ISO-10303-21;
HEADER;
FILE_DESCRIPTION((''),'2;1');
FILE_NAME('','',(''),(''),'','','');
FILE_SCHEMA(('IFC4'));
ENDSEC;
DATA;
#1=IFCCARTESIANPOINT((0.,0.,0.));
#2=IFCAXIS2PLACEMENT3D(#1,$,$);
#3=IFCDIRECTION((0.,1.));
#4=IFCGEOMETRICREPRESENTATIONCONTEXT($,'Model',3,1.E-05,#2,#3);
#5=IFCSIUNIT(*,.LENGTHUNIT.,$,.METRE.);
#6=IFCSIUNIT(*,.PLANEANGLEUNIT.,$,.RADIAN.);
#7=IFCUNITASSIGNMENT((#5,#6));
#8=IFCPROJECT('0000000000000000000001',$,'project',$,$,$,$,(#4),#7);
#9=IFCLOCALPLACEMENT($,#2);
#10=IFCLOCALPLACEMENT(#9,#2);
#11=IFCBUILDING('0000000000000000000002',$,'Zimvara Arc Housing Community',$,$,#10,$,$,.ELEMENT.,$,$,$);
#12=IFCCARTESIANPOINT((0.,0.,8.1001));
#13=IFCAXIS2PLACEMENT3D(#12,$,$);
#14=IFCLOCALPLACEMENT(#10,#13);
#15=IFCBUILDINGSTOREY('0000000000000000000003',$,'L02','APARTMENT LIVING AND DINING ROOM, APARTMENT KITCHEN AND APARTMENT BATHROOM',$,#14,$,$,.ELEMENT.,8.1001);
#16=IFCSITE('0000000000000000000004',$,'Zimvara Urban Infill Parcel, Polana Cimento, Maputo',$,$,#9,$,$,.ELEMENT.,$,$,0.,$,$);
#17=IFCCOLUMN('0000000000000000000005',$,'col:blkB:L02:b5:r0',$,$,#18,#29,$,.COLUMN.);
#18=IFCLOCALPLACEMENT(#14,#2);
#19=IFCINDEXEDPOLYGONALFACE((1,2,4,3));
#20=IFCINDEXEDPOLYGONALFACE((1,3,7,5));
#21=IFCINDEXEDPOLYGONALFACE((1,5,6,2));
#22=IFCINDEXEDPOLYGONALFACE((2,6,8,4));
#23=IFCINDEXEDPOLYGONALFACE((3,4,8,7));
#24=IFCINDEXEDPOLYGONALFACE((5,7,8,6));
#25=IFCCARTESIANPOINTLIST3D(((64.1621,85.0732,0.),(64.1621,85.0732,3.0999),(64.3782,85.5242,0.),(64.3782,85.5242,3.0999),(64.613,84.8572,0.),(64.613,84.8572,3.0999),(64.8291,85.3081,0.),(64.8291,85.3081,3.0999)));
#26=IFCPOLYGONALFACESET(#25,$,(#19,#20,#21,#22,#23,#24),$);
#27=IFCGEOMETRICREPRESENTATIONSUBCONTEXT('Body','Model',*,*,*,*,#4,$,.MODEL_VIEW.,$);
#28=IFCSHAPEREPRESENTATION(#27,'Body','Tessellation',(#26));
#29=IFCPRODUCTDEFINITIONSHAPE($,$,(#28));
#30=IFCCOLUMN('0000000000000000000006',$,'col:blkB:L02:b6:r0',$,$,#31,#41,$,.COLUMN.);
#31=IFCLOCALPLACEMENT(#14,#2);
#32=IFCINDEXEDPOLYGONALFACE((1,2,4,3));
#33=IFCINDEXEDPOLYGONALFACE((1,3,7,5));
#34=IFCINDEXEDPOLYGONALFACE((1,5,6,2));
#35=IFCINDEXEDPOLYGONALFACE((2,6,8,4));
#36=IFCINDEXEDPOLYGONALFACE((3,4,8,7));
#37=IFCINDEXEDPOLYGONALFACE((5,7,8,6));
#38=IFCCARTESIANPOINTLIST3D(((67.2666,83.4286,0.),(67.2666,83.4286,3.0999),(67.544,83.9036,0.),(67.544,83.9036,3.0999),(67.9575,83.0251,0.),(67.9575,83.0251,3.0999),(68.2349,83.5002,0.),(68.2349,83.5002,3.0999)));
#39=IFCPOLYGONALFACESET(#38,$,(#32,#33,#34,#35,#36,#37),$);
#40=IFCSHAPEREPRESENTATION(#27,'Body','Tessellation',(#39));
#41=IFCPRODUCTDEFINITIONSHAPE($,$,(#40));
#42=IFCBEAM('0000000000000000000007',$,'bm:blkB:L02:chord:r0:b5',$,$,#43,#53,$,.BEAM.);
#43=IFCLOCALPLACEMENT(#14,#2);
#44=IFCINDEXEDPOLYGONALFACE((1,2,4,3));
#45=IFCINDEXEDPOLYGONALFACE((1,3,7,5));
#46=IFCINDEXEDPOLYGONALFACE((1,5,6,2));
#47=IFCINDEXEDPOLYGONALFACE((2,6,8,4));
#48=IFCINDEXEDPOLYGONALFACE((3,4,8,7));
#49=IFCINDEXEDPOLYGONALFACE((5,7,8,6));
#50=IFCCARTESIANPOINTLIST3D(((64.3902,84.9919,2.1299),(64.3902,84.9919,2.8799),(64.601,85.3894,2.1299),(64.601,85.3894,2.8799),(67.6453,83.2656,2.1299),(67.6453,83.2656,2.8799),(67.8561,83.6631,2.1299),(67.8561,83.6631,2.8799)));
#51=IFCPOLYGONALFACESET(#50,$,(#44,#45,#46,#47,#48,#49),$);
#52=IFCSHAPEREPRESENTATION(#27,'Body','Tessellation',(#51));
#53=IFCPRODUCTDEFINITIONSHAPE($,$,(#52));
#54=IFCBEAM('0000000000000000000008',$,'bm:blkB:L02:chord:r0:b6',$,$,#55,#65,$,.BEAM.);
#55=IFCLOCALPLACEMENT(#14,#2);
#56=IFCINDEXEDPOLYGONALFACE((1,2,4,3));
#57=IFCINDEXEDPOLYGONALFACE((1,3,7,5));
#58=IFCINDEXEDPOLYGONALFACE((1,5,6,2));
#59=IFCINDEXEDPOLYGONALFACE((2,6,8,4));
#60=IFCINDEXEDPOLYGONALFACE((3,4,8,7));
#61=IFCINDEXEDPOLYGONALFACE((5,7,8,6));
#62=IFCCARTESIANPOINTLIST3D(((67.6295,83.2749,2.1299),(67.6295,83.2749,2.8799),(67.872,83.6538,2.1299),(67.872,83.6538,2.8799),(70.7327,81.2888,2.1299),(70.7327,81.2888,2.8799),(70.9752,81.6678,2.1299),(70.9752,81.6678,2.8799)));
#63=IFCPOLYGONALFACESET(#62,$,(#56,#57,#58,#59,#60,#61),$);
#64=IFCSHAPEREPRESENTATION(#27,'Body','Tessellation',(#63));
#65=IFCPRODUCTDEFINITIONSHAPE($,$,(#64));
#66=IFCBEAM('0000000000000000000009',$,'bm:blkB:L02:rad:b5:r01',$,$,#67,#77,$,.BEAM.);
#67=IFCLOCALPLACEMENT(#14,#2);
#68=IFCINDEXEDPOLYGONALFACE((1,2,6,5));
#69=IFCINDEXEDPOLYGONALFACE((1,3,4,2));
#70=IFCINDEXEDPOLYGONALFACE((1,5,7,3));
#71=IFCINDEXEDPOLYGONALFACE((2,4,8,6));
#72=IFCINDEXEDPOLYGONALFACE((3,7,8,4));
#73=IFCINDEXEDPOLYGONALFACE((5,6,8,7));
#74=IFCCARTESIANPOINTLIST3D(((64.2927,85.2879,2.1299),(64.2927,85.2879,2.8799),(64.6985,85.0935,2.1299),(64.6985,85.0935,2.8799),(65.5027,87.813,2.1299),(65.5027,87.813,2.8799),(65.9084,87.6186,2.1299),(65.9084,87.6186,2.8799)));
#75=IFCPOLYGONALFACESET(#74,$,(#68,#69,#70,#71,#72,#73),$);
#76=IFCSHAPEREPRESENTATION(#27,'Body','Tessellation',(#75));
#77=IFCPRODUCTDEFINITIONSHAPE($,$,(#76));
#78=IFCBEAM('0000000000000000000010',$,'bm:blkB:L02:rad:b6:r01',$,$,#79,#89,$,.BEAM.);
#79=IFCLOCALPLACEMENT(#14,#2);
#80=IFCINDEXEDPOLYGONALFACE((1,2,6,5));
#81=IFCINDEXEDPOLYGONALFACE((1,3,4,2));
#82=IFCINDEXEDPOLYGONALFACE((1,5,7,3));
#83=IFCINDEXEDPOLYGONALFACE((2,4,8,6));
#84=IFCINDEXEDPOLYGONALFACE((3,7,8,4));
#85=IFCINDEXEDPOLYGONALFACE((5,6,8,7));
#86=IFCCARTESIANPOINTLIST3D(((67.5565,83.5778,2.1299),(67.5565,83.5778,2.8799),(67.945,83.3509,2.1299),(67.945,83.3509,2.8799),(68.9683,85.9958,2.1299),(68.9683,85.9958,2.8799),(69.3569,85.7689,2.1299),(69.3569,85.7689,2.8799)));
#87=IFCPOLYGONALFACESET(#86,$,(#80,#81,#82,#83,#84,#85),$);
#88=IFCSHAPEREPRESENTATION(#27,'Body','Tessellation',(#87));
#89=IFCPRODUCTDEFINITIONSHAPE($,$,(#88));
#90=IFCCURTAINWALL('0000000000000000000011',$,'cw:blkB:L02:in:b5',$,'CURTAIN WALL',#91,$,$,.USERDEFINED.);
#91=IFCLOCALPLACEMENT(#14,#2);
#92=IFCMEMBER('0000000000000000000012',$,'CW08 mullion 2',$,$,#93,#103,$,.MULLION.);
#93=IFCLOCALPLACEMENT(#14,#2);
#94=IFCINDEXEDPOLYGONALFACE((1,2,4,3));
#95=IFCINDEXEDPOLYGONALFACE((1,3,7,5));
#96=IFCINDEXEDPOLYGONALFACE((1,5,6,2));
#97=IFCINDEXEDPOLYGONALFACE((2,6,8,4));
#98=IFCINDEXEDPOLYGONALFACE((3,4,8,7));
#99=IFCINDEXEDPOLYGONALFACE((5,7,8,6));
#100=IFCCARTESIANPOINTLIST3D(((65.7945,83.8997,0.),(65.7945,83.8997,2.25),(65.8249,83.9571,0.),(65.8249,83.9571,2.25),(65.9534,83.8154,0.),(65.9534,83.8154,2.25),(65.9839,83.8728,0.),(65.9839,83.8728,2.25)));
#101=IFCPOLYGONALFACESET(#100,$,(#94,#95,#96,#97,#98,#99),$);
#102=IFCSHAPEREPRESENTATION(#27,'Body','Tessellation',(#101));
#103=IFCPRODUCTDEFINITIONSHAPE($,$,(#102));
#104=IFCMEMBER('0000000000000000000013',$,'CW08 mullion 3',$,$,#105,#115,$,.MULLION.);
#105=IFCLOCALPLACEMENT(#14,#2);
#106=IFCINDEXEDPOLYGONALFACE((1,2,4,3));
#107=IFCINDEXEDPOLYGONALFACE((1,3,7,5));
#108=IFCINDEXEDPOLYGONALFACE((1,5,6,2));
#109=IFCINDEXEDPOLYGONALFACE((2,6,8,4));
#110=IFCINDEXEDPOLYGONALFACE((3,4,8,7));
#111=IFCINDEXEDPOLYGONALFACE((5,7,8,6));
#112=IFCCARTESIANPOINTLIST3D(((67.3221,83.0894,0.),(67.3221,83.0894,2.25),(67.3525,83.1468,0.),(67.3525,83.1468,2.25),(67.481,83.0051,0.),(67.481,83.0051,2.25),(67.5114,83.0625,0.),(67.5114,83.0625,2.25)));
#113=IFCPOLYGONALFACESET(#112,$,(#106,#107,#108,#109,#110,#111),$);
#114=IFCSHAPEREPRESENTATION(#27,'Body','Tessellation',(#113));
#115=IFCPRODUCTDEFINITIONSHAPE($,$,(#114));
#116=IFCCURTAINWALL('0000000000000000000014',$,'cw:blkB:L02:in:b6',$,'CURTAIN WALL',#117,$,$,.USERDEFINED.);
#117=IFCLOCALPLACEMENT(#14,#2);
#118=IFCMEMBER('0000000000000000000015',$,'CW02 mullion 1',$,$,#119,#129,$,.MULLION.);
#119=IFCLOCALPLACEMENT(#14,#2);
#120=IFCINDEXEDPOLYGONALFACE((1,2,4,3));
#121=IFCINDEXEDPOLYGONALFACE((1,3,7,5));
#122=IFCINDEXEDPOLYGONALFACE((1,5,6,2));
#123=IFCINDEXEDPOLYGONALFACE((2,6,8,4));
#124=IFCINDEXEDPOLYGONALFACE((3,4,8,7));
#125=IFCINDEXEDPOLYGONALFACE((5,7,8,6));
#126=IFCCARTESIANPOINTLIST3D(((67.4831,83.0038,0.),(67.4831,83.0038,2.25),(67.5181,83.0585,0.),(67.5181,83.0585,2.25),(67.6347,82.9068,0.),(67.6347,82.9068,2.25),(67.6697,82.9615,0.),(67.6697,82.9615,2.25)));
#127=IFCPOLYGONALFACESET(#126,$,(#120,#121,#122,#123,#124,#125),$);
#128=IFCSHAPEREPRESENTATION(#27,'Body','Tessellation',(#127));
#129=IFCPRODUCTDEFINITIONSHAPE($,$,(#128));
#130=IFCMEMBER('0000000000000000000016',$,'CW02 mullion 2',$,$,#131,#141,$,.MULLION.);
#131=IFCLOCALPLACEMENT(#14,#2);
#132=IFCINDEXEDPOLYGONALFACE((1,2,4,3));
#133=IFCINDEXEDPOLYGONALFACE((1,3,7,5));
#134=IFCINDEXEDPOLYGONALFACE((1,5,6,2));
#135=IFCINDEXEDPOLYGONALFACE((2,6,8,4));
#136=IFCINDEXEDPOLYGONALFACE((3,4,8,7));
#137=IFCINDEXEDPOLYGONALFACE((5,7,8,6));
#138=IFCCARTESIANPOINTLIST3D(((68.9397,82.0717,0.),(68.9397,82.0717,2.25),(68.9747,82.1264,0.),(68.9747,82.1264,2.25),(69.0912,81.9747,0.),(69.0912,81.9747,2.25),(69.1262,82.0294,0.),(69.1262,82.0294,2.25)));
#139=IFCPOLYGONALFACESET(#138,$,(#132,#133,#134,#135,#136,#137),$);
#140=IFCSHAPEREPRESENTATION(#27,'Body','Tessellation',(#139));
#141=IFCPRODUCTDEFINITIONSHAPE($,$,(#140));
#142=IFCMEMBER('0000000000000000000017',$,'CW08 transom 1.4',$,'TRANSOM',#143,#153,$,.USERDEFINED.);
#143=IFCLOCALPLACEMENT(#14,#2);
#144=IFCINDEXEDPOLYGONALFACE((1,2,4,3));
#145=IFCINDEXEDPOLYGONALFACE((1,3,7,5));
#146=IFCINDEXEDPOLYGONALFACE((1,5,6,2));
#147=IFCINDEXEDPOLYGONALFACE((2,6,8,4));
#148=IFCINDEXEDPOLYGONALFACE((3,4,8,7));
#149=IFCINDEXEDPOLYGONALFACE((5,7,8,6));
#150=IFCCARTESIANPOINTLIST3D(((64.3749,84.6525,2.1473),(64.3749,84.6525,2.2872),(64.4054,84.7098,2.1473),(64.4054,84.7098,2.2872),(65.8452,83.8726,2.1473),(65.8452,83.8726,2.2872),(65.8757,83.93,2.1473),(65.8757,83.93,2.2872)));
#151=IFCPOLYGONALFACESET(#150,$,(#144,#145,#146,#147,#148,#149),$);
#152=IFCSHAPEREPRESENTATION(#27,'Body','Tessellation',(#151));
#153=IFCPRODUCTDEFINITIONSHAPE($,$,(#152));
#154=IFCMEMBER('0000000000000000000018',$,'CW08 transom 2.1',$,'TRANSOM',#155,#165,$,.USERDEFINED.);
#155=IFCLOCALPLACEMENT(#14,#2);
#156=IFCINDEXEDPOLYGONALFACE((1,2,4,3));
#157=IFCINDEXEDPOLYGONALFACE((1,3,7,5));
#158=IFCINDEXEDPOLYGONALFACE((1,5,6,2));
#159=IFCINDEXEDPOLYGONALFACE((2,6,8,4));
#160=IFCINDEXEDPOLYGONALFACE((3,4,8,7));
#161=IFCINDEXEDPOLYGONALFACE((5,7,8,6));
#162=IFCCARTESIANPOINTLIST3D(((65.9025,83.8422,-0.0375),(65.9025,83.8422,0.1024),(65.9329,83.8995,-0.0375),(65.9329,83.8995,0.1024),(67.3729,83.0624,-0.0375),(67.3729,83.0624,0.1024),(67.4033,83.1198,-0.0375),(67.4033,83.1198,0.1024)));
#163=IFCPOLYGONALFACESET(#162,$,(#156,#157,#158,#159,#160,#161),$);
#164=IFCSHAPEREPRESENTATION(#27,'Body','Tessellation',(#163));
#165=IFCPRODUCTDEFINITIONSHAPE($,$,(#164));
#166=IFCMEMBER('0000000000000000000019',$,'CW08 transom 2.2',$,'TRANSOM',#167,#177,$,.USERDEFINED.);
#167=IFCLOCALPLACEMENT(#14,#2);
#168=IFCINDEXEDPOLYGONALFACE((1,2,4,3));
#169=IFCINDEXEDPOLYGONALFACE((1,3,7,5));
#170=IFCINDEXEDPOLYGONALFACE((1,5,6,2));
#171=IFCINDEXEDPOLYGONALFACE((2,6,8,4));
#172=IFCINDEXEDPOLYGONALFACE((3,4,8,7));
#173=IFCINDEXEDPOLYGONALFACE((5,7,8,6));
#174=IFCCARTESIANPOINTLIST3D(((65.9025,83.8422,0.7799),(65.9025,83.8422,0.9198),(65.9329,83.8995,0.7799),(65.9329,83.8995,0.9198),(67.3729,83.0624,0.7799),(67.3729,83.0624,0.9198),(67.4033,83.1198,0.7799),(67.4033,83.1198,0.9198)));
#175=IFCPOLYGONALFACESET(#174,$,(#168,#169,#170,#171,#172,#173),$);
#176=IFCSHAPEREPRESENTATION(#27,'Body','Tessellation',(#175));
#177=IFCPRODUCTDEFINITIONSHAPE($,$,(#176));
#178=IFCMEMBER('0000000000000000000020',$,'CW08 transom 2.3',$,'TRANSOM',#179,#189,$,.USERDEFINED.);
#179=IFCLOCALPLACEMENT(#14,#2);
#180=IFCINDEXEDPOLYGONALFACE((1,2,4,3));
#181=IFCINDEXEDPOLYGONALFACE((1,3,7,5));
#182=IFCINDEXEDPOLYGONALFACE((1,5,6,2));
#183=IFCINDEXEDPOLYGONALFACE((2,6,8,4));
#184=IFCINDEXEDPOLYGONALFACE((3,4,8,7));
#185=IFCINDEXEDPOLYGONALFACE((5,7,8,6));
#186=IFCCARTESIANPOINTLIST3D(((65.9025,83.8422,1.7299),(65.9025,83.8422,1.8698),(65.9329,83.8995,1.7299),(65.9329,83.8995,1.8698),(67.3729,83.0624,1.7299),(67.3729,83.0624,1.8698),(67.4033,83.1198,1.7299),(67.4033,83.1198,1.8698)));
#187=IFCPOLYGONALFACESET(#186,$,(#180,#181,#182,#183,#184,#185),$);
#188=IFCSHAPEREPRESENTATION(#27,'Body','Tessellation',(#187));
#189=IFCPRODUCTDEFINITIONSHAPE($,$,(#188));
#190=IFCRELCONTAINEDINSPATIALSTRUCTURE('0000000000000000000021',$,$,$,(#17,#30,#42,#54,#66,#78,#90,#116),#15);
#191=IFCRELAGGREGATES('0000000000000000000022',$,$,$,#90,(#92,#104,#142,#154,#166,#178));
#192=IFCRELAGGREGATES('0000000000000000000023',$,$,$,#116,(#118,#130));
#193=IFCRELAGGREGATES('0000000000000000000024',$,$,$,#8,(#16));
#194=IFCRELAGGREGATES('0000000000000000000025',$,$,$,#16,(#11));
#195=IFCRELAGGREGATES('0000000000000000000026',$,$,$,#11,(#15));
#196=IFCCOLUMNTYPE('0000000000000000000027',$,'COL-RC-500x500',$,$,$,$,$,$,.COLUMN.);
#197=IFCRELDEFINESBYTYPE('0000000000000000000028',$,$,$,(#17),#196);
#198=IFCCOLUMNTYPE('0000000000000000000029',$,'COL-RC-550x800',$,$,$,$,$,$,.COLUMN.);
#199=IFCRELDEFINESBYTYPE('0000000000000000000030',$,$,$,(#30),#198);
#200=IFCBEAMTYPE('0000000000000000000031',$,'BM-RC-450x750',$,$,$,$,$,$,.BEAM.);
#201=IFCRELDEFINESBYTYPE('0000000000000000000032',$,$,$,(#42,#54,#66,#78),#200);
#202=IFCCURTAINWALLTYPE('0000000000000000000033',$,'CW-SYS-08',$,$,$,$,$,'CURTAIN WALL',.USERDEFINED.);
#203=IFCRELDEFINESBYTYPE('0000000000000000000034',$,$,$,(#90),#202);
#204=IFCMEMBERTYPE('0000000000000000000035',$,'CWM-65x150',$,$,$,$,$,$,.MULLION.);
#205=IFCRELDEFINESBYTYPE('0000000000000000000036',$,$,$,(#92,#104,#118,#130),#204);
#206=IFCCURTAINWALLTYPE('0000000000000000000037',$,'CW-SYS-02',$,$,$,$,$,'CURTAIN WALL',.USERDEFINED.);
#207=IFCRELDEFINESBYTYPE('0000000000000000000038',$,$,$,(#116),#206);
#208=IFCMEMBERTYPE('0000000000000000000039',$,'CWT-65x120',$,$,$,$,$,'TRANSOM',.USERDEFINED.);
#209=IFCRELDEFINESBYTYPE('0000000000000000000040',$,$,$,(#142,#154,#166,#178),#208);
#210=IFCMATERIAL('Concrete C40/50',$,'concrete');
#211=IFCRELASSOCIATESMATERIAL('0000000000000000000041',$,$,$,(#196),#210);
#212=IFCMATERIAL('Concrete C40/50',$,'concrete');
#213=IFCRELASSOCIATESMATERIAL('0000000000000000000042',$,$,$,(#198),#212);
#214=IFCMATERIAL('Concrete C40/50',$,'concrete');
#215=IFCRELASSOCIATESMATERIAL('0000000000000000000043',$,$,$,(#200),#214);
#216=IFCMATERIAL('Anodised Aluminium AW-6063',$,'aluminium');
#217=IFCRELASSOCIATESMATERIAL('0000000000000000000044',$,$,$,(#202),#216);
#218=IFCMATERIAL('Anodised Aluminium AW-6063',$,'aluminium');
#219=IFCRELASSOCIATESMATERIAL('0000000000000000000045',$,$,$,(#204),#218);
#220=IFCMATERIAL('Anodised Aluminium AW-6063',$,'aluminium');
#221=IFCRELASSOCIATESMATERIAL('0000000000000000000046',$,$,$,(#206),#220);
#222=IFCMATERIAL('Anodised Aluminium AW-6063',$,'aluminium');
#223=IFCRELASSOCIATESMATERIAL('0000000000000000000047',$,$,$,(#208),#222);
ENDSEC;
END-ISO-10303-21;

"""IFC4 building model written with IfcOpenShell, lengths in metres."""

from ifc_helpers import new_model, si_unit, direction, frame, origin, origin_2d, place, context, subcontext, project, spatial, rectangle, extrude, material, material_profile, profile_set, type_object, element, aggregate, save


model = new_model("IFC4")

# Units and contexts
model_context = context("Model", 3, precision=1e-05, world=origin(), true_north=direction((0.0, 1.0)))
body_context = subcontext(model_context, "Body", "Model", "MODEL_VIEW")
ifc_project = project(units=[si_unit("LENGTHUNIT", "METRE"), si_unit("PLANEANGLEUNIT", "RADIAN")], contexts=[model_context])

# Site, building, storey
site_placement = place(None, origin())
site = spatial("IfcSite", under=ifc_project, at=site_placement, Name="Zimvara Urban Infill Parcel, Polana Cimento, Maputo", CompositionType="ELEMENT", RefElevation=0.0)
building_placement = place(site_placement, origin())
building = spatial("IfcBuilding", under=site, at=building_placement, Name="Zimvara Arc Housing Community", CompositionType="ELEMENT")
storey_placement = place(building_placement, frame((0.0, 0.0, 8.1001)))
storey = spatial("IfcBuildingStorey", under=building, at=storey_placement, Name="L02", Description="APARTMENT LIVING AND DINING ROOM, APARTMENT KITCHEN AND APARTMENT BATHROOM", CompositionType="ELEMENT", Elevation=8.1001)

# Columns
ifc_material_1 = material(Name="Concrete C40/50", Category="concrete")
ifc_material_profile_1 = material_profile(ifc_material_1, rectangle(XDim=0.5, YDim=0.5, at=origin_2d()), Name="RC 500x500")
ifc_profile_set_1 = profile_set([ifc_material_profile_1], Name="Concrete C40/50")
column_type_1 = type_object("IfcColumnType", Name="COL-RC-500x500", PredefinedType="COLUMN", material=ifc_profile_set_1)
column_1_placement = place(storey_placement, frame((64.4956, 85.1907, 0.0), z_axis=(0.0, 0.0, 1.0), x_axis=(0.432086, 0.901833, 0.0)))
element("IfcColumn", 1, at=column_1_placement, inside=storey, type_object=column_type_1, Name="col:blkB:L02:b5:r0", PredefinedType="COLUMN", context=body_context, shape_type="SweptSolid", body=[
    extrude(rectangle(XDim=0.5, YDim=0.5, at=origin_2d()), origin(), (0.0, 0.0, 1.0), 3.0999),
])
ifc_material_2 = material(Name="Concrete C40/50", Category="concrete")
ifc_material_profile_2 = material_profile(ifc_material_2, rectangle(XDim=0.55, YDim=0.8, at=origin_2d()), Name="RC 550x800")
ifc_profile_set_2 = profile_set([ifc_material_profile_2], Name="Concrete C40/50")
column_type_2 = type_object("IfcColumnType", Name="COL-RC-550x800", PredefinedType="COLUMN", material=ifc_profile_set_2)
column_2_placement = place(storey_placement, frame((67.7507, 83.4644, 0.0), z_axis=(0.0, 0.0, 1.0), x_axis=(0.504226, 0.863572, 0.0)))
element("IfcColumn", 2, at=column_2_placement, inside=storey, type_object=column_type_2, Name="col:blkB:L02:b6:r0", PredefinedType="COLUMN", context=body_context, shape_type="SweptSolid", body=[
    extrude(rectangle(XDim=0.55, YDim=0.8, at=origin_2d()), origin(), (0.0, 0.0, 1.0), 3.0999),
])

# Beams
ifc_material_3 = material(Name="Concrete C40/50", Category="concrete")
ifc_material_profile_3 = material_profile(ifc_material_3, rectangle(XDim=0.45, YDim=0.75, at=origin_2d()), Name="RC 450x750")
ifc_profile_set_3 = profile_set([ifc_material_profile_3], Name="Concrete C40/50")
beam_type = type_object("IfcBeamType", Name="BM-RC-450x750", PredefinedType="BEAM", material=ifc_profile_set_3)
beam_1_placement = place(storey_placement, frame((64.4956, 85.1907, 2.5049), z_axis=(0.883449, -0.468527, 0.0), x_axis=(0.468527, 0.883449, 0.0)))
element("IfcBeam", 3, at=beam_1_placement, inside=storey, type_object=beam_type, Name="bm:blkB:L02:chord:r0:b5", PredefinedType="BEAM", context=body_context, shape_type="SweptSolid", body=[
    extrude(rectangle(XDim=0.45, YDim=0.75, at=origin_2d()), origin(), (0.0, 0.0, 1.0), 3.6846),
])
beam_2_placement = place(storey_placement, frame((67.7507, 83.4644, 2.5049), z_axis=(0.842273, -0.539052, 0.0), x_axis=(0.539052, 0.842273, 0.0)))
element("IfcBeam", 4, at=beam_2_placement, inside=storey, type_object=beam_type, Name="bm:blkB:L02:chord:r0:b6", PredefinedType="BEAM", context=body_context, shape_type="SweptSolid", body=[
    extrude(rectangle(XDim=0.45, YDim=0.75, at=origin_2d()), origin(), (0.0, 0.0, 1.0), 3.6843),
])
for number, where, z_axis, x_axis, name in (
    (5, (64.4956, 85.1907, 2.5049), (0.432119, 0.901817, 0.0), (-0.901817, 0.432119, 0.0), "bm:blkB:L02:rad:b5:r01"),
    (6, (67.7507, 83.4644, 2.5049), (0.50424, 0.863564, 0.0), (-0.863564, 0.50424, 0.0), "bm:blkB:L02:rad:b6:r01"),
):
    element("IfcBeam", number, at=place(storey_placement, frame(where, z_axis=z_axis, x_axis=x_axis)), inside=storey, type_object=beam_type, Name=name, PredefinedType="BEAM", context=body_context, shape_type="SweptSolid", body=[
        extrude(rectangle(XDim=0.45, YDim=0.75, at=origin_2d()), origin(), (0.0, 0.0, 1.0), 2.8),
    ])

# Curtain walls, members
ifc_material_4 = material(Name="Anodised Aluminium AW-6063", Category="aluminium")
curtain_wall_type_1 = type_object("IfcCurtainWallType", Name="CW-SYS-08", ElementType="CURTAIN WALL", PredefinedType="USERDEFINED", material=ifc_material_4)
curtain_wall_1_placement = place(storey_placement, origin())
curtain_wall_1 = element("IfcCurtainWall", 7, at=curtain_wall_1_placement, inside=storey, type_object=curtain_wall_type_1, Name="cw:blkB:L02:in:b5", ObjectType="CURTAIN WALL", PredefinedType="USERDEFINED")
ifc_material_5 = material(Name="Anodised Aluminium AW-6063", Category="aluminium")
ifc_material_profile_4 = material_profile(ifc_material_5, rectangle(XDim=0.0649, YDim=0.1799, at=origin_2d()), Name="ALU 65x180")
ifc_profile_set_4 = profile_set([ifc_material_profile_4], Name="Anodised Aluminium AW-6063")
member_type_1 = type_object("IfcMemberType", Name="CWM-65x150", PredefinedType="MULLION", material=ifc_profile_set_4)
member_1_placement = place(storey_placement, frame((65.8892, 83.8862, 0.0), z_axis=(0.0, 0.0, 1.0), x_axis=(0.468545, 0.88344, 0.0)))
member_1 = element("IfcMember", 8, at=member_1_placement, type_object=member_type_1, Name="CW08 mullion 2", PredefinedType="MULLION", context=body_context, shape_type="SweptSolid", body=[
    extrude(rectangle(XDim=0.0649, YDim=0.1799, at=origin_2d()), origin(), (0.0, 0.0, 1.0), 2.25),
])
member_2_placement = place(storey_placement, frame((67.4167, 83.0759, 0.0), z_axis=(0.0, 0.0, 1.0), x_axis=(0.468545, 0.88344, 0.0)))
member_2 = element("IfcMember", 9, at=member_2_placement, type_object=member_type_1, Name="CW08 mullion 3", PredefinedType="MULLION", context=body_context, shape_type="SweptSolid", body=[
    extrude(rectangle(XDim=0.0649, YDim=0.1799, at=origin_2d()), origin(), (0.0, 0.0, 1.0), 2.25),
])
ifc_material_6 = material(Name="Anodised Aluminium AW-6063", Category="aluminium")
curtain_wall_type_2 = type_object("IfcCurtainWallType", Name="CW-SYS-02", ElementType="CURTAIN WALL", PredefinedType="USERDEFINED", material=ifc_material_6)
curtain_wall_2_placement = place(storey_placement, origin())
curtain_wall_2 = element("IfcCurtainWall", 10, at=curtain_wall_2_placement, inside=storey, type_object=curtain_wall_type_2, Name="cw:blkB:L02:in:b6", ObjectType="CURTAIN WALL", PredefinedType="USERDEFINED")
member_3_placement = place(storey_placement, frame((67.5764, 82.9827, 0.0), z_axis=(0.0, 0.0, 1.0), x_axis=(0.539064, 0.842265, 0.0)))
member_3 = element("IfcMember", 11, at=member_3_placement, type_object=member_type_1, Name="CW02 mullion 1", PredefinedType="MULLION", context=body_context, shape_type="SweptSolid", body=[
    extrude(rectangle(XDim=0.0649, YDim=0.1799, at=origin_2d()), origin(), (0.0, 0.0, 1.0), 2.25),
])
member_4_placement = place(storey_placement, frame((69.033, 82.0505, 0.0), z_axis=(0.0, 0.0, 1.0), x_axis=(0.539064, 0.842265, 0.0)))
member_4 = element("IfcMember", 12, at=member_4_placement, type_object=member_type_1, Name="CW02 mullion 2", PredefinedType="MULLION", context=body_context, shape_type="SweptSolid", body=[
    extrude(rectangle(XDim=0.0649, YDim=0.1799, at=origin_2d()), origin(), (0.0, 0.0, 1.0), 2.25),
])

# Members
ifc_material_7 = material(Name="Anodised Aluminium AW-6063", Category="aluminium")
ifc_material_profile_5 = material_profile(ifc_material_7, rectangle(XDim=0.0649, YDim=0.1399, at=origin_2d()), Name="ALU 65x140")
ifc_profile_set_5 = profile_set([ifc_material_profile_5], Name="Anodised Aluminium AW-6063")
member_type_2 = type_object("IfcMemberType", Name="CWT-65x120", ElementType="TRANSOM", PredefinedType="USERDEFINED", material=ifc_profile_set_5)
member_5_placement = place(storey_placement, frame((64.3901, 84.6812, 2.2173), z_axis=(0.883431, -0.468562, 0.0), x_axis=(0.468562, 0.883431, 0.0)))
member_5 = element("IfcMember", 13, at=member_5_placement, type_object=member_type_2, Name="CW08 transom 1.4", ObjectType="TRANSOM", PredefinedType="USERDEFINED", context=body_context, shape_type="SweptSolid", body=[
    extrude(rectangle(XDim=0.0649, YDim=0.1399, at=origin_2d()), origin(), (0.0, 0.0, 1.0), 1.6643),
])
member_6_placement = place(storey_placement, frame((65.9177, 83.8708, 0.0325), z_axis=(0.883463, -0.468501, 0.0), x_axis=(0.468501, 0.883463, 0.0)))
member_6 = element("IfcMember", 14, at=member_6_placement, type_object=member_type_2, Name="CW08 transom 2.1", ObjectType="TRANSOM", PredefinedType="USERDEFINED", context=body_context, shape_type="SweptSolid", body=[
    extrude(rectangle(XDim=0.0649, YDim=0.1399, at=origin_2d()), origin(), (0.0, 0.0, 1.0), 1.6643),
])
member_7_placement = place(storey_placement, frame((65.9177, 83.8708, 0.8499), z_axis=(0.883463, -0.468501, 0.0), x_axis=(0.468501, 0.883463, 0.0)))
member_7 = element("IfcMember", 15, at=member_7_placement, type_object=member_type_2, Name="CW08 transom 2.2", ObjectType="TRANSOM", PredefinedType="USERDEFINED", context=body_context, shape_type="SweptSolid", body=[
    extrude(rectangle(XDim=0.0649, YDim=0.1399, at=origin_2d()), origin(), (0.0, 0.0, 1.0), 1.6643),
])
member_8_placement = place(storey_placement, frame((65.9177, 83.8708, 1.7998), z_axis=(0.883463, -0.468501, 0.0), x_axis=(0.468501, 0.883463, 0.0)))
member_8 = element("IfcMember", 16, at=member_8_placement, type_object=member_type_2, Name="CW08 transom 2.3", ObjectType="TRANSOM", PredefinedType="USERDEFINED", context=body_context, shape_type="SweptSolid", body=[
    extrude(rectangle(XDim=0.0649, YDim=0.1399, at=origin_2d()), origin(), (0.0, 0.0, 1.0), 1.6643),
])

aggregate(curtain_wall_1, [member_1, member_2, member_5, member_6, member_7, member_8])
aggregate(curtain_wall_2, [member_3, member_4])

save(model, "model.ifc")
